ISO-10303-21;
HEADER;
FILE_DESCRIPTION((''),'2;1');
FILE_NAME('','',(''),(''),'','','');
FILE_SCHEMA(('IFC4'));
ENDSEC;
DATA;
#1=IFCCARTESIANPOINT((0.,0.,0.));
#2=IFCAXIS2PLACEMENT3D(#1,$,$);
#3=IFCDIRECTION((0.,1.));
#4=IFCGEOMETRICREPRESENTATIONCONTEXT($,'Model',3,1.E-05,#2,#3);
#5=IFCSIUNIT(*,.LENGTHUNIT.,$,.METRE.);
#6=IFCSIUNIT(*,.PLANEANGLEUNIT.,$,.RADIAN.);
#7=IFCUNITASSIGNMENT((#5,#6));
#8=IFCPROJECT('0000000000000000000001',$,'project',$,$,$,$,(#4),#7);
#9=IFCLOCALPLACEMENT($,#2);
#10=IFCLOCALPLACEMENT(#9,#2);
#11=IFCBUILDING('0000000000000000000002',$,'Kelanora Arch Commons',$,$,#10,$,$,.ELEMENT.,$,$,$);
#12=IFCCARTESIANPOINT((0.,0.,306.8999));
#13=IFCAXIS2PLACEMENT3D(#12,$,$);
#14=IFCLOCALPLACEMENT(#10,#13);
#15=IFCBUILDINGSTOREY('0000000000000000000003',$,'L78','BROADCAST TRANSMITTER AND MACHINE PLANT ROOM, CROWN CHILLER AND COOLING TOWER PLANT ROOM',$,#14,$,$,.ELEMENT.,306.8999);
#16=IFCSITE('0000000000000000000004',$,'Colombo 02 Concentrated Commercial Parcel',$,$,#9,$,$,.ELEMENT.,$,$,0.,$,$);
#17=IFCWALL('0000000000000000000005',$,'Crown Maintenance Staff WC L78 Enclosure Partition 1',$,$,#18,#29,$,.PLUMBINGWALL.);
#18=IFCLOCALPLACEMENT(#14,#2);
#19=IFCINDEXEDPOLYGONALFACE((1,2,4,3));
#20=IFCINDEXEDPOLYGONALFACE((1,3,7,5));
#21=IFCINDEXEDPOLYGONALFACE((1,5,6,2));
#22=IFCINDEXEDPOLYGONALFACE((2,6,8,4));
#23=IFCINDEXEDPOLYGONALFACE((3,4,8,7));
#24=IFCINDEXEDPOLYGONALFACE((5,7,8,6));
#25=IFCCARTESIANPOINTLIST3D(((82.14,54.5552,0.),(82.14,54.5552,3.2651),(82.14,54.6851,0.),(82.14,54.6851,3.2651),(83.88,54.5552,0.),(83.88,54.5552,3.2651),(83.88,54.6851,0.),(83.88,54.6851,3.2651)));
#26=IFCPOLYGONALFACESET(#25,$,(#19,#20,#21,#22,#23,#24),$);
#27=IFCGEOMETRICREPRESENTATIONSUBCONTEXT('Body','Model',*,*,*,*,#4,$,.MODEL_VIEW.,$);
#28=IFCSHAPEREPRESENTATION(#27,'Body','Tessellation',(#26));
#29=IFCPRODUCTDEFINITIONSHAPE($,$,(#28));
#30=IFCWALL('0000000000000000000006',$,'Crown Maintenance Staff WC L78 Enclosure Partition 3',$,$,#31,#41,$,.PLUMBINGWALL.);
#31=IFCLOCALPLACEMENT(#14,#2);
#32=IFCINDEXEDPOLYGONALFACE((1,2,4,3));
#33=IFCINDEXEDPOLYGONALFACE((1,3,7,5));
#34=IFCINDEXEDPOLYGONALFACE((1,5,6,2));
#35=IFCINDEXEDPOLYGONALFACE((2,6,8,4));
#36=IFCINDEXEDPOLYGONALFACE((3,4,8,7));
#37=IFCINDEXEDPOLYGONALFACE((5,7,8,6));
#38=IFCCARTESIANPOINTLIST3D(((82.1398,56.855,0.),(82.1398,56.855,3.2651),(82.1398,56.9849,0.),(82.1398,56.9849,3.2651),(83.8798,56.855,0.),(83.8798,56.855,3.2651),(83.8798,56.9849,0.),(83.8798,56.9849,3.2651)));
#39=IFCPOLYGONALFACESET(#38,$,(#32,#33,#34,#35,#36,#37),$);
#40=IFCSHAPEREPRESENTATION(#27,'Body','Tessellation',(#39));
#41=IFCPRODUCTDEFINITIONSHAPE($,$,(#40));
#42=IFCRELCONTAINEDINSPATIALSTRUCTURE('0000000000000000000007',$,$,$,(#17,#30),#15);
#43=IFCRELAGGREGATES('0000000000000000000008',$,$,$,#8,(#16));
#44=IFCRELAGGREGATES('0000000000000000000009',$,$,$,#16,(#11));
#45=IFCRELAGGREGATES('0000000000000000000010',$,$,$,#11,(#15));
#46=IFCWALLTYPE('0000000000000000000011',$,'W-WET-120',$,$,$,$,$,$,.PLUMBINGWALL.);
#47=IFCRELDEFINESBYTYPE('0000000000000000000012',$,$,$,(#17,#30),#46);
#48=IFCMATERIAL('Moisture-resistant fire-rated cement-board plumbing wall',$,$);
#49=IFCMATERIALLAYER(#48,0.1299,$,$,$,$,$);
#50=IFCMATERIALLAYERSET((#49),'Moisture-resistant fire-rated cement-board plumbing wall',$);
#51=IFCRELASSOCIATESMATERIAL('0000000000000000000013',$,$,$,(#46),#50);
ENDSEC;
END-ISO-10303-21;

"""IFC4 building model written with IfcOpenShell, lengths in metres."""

from ifc_helpers import new_model, si_unit, direction, frame, frame_2d, origin, place, context, subcontext, project, spatial, rectangle, extrude, material, layer, layer_set, type_object, element, save


model = new_model("IFC4")

# Units and contexts
model_context = context("Model", 3, precision=1e-05, world=origin(), true_north=direction((0.0, 1.0)))
body_context = subcontext(model_context, "Body", "Model", "MODEL_VIEW")
ifc_project = project(units=[si_unit("LENGTHUNIT", "METRE"), si_unit("PLANEANGLEUNIT", "RADIAN")], contexts=[model_context])

# Site, building, storey
site_placement = place(None, origin())
site = spatial("IfcSite", under=ifc_project, at=site_placement, Name="Colombo 02 Concentrated Commercial Parcel", CompositionType="ELEMENT", RefElevation=0.0)
building_placement = place(site_placement, origin())
building = spatial("IfcBuilding", under=site, at=building_placement, Name="Kelanora Arch Commons", CompositionType="ELEMENT")
storey_placement = place(building_placement, frame((0.0, 0.0, 306.8999)))
storey = spatial("IfcBuildingStorey", under=building, at=storey_placement, Name="L78", Description="BROADCAST TRANSMITTER AND MACHINE PLANT ROOM, CROWN CHILLER AND COOLING TOWER PLANT ROOM", CompositionType="ELEMENT", Elevation=306.8999)

# Shared definitions
ifc_material_1 = material(Name="Moisture-resistant fire-rated cement-board plumbing wall")
ifc_layer_1 = layer(ifc_material_1, 0.1299)
ifc_layer_set_1 = layer_set([ifc_layer_1], Name="Moisture-resistant fire-rated cement-board plumbing wall")
wall_type = type_object("IfcWallType", Name="W-WET-120", PredefinedType="PLUMBINGWALL", material=ifc_layer_set_1)

# Walls
for number, where, z_axis, x_axis, name in (
    (1, (82.1399, 54.6201, 0.0), (0.0, 0.0, 1.0), (1.0, 0.0, 0.0), "Crown Maintenance Staff WC L78 Enclosure Partition 1"),
    (2, (83.8799, 56.9199, 0.0), (0.0, 0.0, 1.0), (-1.0, 0.0, 0.0), "Crown Maintenance Staff WC L78 Enclosure Partition 3"),
):
    element("IfcWall", number, at=place(storey_placement, frame(where, z_axis=z_axis, x_axis=x_axis)), inside=storey, type_object=wall_type, Name=name, PredefinedType="PLUMBINGWALL", context=body_context, shape_type="SweptSolid", body=[
        extrude(rectangle(XDim=1.74, YDim=0.1299, at=frame_2d((0.8701, 0.0))), origin(), (0.0, 0.0, 1.0), 3.2651),
    ])

save(model, "model.ifc")
